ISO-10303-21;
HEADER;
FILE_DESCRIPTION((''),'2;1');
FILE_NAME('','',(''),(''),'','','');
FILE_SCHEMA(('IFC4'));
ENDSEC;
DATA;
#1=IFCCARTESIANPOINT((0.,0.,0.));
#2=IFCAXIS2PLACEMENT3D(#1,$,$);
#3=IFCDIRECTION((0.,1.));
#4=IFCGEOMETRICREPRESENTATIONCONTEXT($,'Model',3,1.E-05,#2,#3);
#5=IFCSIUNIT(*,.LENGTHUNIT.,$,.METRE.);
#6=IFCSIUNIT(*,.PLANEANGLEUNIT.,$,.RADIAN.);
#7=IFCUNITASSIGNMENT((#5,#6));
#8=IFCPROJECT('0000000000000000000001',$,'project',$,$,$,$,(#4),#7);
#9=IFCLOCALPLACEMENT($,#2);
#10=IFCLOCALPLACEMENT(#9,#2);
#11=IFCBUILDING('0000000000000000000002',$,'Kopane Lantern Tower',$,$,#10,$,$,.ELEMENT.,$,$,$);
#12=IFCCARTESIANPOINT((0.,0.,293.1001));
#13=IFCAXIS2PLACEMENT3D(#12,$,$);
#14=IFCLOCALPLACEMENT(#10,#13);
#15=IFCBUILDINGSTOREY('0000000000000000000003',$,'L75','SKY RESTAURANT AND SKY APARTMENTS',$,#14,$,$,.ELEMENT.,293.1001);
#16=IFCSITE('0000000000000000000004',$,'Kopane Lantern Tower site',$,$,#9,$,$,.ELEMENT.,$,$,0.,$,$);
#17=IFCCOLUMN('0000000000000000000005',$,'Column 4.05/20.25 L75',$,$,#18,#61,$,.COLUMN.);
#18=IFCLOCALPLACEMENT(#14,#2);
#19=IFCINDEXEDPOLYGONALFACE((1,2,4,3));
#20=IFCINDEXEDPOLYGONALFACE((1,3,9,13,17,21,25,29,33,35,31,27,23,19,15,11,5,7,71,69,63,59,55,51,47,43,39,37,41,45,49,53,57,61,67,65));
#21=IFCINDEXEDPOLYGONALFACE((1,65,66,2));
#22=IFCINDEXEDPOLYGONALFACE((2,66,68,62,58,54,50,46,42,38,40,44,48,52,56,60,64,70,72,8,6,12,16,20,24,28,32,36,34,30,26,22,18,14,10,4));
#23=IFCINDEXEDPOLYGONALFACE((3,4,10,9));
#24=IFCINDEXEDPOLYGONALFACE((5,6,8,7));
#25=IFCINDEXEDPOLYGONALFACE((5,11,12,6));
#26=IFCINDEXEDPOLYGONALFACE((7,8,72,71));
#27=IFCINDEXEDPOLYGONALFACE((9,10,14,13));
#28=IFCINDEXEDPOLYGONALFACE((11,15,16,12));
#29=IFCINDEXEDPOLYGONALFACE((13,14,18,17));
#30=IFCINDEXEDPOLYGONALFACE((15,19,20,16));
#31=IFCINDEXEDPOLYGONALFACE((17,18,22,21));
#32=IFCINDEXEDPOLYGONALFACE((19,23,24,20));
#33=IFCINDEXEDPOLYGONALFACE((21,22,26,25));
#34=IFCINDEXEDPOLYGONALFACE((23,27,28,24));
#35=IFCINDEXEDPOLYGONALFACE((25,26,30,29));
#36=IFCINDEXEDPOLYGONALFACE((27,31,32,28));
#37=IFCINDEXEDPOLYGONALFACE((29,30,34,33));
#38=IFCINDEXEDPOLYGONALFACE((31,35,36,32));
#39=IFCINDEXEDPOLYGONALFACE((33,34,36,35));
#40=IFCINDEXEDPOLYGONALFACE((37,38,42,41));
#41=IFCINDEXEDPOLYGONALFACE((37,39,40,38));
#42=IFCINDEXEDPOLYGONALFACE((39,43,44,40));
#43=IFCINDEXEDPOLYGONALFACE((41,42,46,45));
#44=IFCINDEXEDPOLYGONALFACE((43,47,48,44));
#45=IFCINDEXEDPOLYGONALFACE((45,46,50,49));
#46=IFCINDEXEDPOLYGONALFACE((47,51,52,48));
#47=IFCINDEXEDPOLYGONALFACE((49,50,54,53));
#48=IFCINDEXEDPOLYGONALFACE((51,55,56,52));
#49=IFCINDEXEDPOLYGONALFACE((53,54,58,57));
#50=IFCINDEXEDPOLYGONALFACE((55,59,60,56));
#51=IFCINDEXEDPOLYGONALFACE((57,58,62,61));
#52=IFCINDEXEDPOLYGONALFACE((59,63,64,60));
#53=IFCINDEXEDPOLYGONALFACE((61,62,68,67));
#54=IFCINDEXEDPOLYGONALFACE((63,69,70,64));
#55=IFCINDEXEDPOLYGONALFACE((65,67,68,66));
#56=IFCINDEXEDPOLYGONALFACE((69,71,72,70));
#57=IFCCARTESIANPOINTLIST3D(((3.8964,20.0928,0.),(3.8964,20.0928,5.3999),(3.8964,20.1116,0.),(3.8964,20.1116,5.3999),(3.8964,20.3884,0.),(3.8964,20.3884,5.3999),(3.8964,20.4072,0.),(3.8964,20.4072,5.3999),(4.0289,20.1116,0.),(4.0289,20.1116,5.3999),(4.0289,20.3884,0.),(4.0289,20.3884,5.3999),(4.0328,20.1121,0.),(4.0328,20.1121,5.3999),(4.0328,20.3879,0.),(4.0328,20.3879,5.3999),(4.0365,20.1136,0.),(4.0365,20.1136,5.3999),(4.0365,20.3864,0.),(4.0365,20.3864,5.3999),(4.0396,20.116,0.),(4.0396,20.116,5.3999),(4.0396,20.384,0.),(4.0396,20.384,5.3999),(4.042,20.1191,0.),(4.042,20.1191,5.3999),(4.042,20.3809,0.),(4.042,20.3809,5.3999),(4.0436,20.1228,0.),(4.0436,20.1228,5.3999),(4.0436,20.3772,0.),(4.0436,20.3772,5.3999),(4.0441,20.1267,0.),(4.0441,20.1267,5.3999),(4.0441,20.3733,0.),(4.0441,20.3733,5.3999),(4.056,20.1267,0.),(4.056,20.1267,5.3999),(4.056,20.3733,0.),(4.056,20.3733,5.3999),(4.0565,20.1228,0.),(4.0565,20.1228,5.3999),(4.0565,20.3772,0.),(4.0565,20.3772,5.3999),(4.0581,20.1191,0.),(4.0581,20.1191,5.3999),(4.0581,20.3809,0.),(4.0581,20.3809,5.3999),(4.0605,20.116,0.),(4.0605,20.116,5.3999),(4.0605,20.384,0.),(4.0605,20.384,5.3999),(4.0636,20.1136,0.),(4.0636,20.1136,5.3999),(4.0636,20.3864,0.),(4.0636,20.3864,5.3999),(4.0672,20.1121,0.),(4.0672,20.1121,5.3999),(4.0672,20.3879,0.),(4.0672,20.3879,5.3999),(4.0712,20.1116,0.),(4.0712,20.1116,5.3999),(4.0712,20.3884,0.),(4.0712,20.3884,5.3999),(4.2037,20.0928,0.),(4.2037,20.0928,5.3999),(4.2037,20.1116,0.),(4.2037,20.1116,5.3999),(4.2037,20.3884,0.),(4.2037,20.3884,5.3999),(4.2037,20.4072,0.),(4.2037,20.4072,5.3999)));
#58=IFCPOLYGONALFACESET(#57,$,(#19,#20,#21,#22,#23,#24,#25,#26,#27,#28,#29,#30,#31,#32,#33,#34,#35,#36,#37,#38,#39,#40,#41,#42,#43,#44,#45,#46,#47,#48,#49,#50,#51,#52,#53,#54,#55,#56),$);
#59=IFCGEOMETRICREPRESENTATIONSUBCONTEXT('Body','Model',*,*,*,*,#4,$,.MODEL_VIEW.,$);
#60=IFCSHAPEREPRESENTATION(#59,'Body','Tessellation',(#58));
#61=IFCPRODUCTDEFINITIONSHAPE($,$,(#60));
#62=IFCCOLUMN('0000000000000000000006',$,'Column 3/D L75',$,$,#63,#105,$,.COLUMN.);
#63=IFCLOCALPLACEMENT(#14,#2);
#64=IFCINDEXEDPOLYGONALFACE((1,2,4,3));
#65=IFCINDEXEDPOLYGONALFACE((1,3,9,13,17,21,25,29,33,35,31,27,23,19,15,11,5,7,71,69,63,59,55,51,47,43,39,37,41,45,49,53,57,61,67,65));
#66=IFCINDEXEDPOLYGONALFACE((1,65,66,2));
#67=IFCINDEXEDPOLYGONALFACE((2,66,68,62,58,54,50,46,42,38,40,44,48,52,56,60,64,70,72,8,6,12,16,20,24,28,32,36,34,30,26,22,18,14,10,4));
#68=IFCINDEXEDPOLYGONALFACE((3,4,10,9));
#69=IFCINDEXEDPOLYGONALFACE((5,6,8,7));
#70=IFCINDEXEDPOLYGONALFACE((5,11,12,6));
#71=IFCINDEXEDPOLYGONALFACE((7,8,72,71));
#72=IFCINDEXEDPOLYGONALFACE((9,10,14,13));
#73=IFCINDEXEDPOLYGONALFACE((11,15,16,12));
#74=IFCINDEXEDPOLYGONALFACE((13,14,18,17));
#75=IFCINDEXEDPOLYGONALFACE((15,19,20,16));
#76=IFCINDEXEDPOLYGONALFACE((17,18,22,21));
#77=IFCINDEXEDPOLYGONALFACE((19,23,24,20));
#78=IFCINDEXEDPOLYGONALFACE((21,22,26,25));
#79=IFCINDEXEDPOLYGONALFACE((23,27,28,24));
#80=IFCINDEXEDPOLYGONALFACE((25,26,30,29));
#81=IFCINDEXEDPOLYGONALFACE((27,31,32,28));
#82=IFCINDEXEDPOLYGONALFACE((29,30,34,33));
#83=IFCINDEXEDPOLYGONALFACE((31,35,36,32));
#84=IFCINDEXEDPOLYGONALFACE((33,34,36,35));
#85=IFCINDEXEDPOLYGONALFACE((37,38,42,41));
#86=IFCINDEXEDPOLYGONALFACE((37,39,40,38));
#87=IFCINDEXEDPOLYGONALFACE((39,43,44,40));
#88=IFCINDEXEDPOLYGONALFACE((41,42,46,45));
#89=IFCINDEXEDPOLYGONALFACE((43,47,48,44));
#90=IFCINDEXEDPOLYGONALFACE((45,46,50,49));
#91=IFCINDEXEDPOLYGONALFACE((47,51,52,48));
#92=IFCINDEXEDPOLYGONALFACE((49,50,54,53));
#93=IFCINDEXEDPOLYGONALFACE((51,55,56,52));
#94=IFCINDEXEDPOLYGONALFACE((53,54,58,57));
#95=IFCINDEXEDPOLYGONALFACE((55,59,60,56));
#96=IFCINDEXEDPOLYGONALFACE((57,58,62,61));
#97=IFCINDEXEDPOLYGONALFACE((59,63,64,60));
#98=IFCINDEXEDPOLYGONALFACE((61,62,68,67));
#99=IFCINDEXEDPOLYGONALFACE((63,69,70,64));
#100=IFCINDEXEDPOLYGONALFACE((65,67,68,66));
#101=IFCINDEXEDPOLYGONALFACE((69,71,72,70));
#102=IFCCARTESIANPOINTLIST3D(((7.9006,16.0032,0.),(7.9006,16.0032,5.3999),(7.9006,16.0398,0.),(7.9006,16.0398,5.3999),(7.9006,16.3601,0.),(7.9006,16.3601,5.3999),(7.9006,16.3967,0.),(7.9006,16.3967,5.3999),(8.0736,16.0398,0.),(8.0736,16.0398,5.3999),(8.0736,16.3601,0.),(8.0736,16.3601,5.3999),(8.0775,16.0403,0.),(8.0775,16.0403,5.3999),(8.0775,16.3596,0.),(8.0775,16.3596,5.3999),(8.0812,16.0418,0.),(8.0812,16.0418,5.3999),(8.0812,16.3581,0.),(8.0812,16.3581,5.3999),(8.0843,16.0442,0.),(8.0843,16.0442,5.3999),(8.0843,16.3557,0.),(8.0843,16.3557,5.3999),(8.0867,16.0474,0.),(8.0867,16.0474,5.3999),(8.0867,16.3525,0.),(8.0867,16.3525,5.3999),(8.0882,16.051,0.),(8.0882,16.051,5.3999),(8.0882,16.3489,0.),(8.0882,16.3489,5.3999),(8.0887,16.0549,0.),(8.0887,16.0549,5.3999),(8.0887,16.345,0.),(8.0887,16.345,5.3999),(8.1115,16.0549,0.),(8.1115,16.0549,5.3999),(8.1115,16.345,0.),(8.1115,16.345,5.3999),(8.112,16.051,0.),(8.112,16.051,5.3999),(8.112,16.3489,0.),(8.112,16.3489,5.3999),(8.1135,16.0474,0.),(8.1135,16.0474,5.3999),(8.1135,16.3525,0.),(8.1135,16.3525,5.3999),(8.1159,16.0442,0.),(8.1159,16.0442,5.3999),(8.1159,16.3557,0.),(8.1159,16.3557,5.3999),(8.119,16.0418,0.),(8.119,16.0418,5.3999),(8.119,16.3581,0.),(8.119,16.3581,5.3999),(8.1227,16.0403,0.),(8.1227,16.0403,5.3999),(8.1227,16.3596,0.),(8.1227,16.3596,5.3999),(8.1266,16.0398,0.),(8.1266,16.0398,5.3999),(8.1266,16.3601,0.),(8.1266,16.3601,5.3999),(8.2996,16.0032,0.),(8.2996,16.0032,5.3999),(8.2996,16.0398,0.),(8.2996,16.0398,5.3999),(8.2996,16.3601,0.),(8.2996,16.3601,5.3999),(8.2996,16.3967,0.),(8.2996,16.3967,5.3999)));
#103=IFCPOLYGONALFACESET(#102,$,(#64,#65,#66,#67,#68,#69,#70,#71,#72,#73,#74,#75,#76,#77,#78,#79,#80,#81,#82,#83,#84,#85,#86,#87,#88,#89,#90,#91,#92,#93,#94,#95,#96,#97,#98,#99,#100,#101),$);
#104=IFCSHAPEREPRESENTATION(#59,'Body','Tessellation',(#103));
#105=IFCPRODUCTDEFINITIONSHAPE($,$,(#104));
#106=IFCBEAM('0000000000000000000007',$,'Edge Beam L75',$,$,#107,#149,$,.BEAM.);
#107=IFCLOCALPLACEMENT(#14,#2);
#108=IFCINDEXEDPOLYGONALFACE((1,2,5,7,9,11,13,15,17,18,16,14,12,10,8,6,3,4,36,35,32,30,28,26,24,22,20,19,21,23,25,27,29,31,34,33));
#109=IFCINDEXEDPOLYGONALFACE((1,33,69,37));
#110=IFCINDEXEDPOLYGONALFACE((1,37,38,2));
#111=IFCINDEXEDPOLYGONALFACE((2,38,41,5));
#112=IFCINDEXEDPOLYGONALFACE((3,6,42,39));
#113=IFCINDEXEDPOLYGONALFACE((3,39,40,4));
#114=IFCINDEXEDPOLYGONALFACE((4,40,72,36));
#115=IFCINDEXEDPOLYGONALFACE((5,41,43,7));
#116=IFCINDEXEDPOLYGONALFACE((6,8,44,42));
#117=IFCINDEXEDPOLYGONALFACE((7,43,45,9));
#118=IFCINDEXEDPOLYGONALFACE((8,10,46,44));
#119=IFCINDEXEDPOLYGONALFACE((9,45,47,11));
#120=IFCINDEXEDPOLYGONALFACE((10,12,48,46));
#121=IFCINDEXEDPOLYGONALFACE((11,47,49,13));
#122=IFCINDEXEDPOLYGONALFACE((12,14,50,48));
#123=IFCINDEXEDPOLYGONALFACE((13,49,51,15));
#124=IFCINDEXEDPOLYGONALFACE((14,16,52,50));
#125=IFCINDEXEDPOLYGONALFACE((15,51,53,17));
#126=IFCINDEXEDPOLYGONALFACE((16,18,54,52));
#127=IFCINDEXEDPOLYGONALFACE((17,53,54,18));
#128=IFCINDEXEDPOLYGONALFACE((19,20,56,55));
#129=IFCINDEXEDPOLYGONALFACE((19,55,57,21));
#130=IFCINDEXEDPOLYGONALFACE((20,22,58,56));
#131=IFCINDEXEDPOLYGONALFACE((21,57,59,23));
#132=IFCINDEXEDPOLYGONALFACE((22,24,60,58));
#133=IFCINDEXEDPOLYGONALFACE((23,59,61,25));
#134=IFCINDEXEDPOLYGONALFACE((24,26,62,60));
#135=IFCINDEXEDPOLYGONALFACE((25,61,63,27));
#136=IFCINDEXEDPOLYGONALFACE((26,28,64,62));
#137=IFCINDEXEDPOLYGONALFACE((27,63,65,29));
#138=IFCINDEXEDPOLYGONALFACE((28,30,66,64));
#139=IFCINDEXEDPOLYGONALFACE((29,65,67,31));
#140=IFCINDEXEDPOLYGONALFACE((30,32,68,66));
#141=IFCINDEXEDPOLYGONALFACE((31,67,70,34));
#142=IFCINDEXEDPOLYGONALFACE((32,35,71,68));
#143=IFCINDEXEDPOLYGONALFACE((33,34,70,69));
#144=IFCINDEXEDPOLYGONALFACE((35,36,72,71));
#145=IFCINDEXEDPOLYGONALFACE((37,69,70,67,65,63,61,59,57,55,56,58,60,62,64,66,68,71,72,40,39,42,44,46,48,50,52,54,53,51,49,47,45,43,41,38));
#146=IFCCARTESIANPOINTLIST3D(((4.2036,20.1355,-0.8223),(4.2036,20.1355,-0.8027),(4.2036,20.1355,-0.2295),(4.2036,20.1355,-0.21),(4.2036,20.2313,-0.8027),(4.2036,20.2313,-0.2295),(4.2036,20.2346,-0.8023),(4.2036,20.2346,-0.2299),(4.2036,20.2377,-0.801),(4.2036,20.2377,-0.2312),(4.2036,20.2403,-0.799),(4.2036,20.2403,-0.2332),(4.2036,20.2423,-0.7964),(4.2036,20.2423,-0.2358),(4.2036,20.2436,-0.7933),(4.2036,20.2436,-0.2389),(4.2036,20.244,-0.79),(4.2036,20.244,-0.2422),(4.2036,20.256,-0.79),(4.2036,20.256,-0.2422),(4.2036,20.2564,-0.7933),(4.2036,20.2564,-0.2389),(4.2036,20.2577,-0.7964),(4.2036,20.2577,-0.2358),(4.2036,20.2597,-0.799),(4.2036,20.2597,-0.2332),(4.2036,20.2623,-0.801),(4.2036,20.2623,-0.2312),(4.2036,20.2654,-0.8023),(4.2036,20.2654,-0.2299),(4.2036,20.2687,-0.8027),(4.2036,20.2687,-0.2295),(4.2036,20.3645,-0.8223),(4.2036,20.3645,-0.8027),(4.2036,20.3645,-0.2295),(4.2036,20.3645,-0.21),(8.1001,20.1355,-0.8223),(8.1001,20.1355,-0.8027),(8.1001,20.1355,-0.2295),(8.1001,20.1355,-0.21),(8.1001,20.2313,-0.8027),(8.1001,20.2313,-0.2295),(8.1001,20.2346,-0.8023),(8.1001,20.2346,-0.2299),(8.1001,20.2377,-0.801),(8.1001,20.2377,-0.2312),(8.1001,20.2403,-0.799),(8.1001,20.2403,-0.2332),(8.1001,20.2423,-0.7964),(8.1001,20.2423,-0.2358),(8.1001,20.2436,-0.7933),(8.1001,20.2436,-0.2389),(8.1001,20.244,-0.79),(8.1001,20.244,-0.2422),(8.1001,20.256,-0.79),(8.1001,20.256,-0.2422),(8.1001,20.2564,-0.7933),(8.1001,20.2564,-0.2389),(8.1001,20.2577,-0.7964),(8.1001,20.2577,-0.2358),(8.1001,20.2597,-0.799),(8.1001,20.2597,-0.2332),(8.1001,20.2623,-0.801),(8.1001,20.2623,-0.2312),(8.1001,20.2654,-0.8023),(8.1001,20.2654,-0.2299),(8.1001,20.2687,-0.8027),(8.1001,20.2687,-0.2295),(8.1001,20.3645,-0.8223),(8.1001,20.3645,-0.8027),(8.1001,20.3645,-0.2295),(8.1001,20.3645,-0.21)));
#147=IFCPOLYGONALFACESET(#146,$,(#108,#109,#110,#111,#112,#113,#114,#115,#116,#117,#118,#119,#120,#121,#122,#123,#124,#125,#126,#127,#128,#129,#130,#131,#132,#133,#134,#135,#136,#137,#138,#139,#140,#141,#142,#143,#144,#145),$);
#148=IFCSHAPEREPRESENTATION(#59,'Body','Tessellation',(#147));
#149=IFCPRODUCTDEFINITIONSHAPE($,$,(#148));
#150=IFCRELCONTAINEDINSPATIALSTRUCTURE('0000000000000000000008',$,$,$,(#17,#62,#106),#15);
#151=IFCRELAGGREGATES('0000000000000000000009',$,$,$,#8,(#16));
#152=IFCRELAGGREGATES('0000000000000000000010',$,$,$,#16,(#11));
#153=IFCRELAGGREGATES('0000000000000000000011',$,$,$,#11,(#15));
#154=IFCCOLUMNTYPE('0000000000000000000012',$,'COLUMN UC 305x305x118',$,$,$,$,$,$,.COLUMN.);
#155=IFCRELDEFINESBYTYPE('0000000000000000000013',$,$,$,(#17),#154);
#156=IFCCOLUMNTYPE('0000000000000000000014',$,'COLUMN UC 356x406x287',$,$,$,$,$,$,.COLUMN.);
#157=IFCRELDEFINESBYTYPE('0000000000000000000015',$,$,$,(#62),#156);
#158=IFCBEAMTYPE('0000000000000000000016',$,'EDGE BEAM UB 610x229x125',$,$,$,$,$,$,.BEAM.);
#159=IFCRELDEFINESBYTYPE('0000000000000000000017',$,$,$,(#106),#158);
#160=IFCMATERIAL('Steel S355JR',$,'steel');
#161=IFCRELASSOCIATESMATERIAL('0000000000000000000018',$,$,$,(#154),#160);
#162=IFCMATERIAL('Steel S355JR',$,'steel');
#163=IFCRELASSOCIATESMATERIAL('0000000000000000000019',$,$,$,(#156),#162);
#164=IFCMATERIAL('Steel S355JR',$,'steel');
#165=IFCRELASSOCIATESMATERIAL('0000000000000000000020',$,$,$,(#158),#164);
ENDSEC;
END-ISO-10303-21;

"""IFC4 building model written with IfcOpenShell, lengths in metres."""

from ifc_helpers import new_model, si_unit, direction, frame, origin, origin_2d, place, context, subcontext, project, spatial, i_section, extrude, material, material_profile, profile_set, type_object, element, save


model = new_model("IFC4")

# Units and contexts
model_context = context("Model", 3, precision=1e-05, world=origin(), true_north=direction((0.0, 1.0)))
body_context = subcontext(model_context, "Body", "Model", "MODEL_VIEW")
ifc_project = project(units=[si_unit("LENGTHUNIT", "METRE"), si_unit("PLANEANGLEUNIT", "RADIAN")], contexts=[model_context])

# Site, building, storey
site_placement = place(None, origin())
site = spatial("IfcSite", under=ifc_project, at=site_placement, Name="Kopane Lantern Tower site", CompositionType="ELEMENT", RefElevation=0.0)
building_placement = place(site_placement, origin())
building = spatial("IfcBuilding", under=site, at=building_placement, Name="Kopane Lantern Tower", CompositionType="ELEMENT")
storey_placement = place(building_placement, frame((0.0, 0.0, 293.1001)))
storey = spatial("IfcBuildingStorey", under=building, at=storey_placement, Name="L75", Description="SKY RESTAURANT AND SKY APARTMENTS", CompositionType="ELEMENT", Elevation=293.1001)

# Columns
ifc_material_1 = material(Name="Steel S355JR", Category="steel")
ifc_material_profile_1 = material_profile(ifc_material_1, i_section(OverallWidth=0.3074, OverallDepth=0.3145, WebThickness=0.012, FlangeThickness=0.0188, FilletRadius=0.0151, at=origin_2d()), Name="UC 305x305x118")
ifc_profile_set_1 = profile_set([ifc_material_profile_1], Name="Steel S355JR")
column_type_1 = type_object("IfcColumnType", Name="COLUMN UC 305x305x118", PredefinedType="COLUMN", material=ifc_profile_set_1)
column_1_placement = place(storey_placement, frame((4.05, 20.25, 0.0), z_axis=(0.0, 0.0, 1.0), x_axis=(1.0, 0.0, 0.0)))
element("IfcColumn", 1, at=column_1_placement, inside=storey, type_object=column_type_1, Name="Column 4.05/20.25 L75", PredefinedType="COLUMN", context=body_context, shape_type="SweptSolid", body=[
    extrude(i_section(OverallWidth=0.3074, OverallDepth=0.3145, WebThickness=0.012, FlangeThickness=0.0188, FilletRadius=0.0151, at=origin_2d()), origin(), (0.0, 0.0, 1.0), 5.3999),
])
ifc_material_2 = material(Name="Steel S355JR", Category="steel")
ifc_material_profile_2 = material_profile(ifc_material_2, i_section(OverallWidth=0.3989, OverallDepth=0.3936, WebThickness=0.0227, FlangeThickness=0.0366, FilletRadius=0.0151, at=origin_2d()), Name="UC 356x406x287")
ifc_profile_set_2 = profile_set([ifc_material_profile_2], Name="Steel S355JR")
column_type_2 = type_object("IfcColumnType", Name="COLUMN UC 356x406x287", PredefinedType="COLUMN", material=ifc_profile_set_2)
column_2_placement = place(storey_placement, frame((8.1001, 16.2, 0.0), z_axis=(0.0, 0.0, 1.0), x_axis=(1.0, 0.0, 0.0)))
element("IfcColumn", 2, at=column_2_placement, inside=storey, type_object=column_type_2, Name="Column 3/D L75", PredefinedType="COLUMN", context=body_context, shape_type="SweptSolid", body=[
    extrude(i_section(OverallWidth=0.3989, OverallDepth=0.3936, WebThickness=0.0227, FlangeThickness=0.0366, FilletRadius=0.0151, at=origin_2d()), origin(), (0.0, 0.0, 1.0), 5.3999),
])

# Beam
ifc_material_3 = material(Name="Steel S355JR", Category="steel")
ifc_material_profile_3 = material_profile(ifc_material_3, i_section(OverallWidth=0.229, OverallDepth=0.6123, WebThickness=0.012, FlangeThickness=0.0195, FilletRadius=0.0127, at=origin_2d()), Name="UB 610x229x125")
ifc_profile_set_3 = profile_set([ifc_material_profile_3], Name="Steel S355JR")
beam_type_1 = type_object("IfcBeamType", Name="EDGE BEAM UB 610x229x125", PredefinedType="BEAM", material=ifc_profile_set_3)
beam_1_placement = place(storey_placement, frame((4.2036, 20.25, -0.5161), z_axis=(1.0, 0.0, 0.0), x_axis=(0.0, 1.0, 0.0)))
element("IfcBeam", 3, at=beam_1_placement, inside=storey, type_object=beam_type_1, Name="Edge Beam L75", PredefinedType="BEAM", context=body_context, shape_type="SweptSolid", body=[
    extrude(i_section(OverallWidth=0.229, OverallDepth=0.6123, WebThickness=0.012, FlangeThickness=0.0195, FilletRadius=0.0127, at=origin_2d()), origin(), (0.0, 0.0, 1.0), 3.8965),
])

save(model, "model.ifc")
